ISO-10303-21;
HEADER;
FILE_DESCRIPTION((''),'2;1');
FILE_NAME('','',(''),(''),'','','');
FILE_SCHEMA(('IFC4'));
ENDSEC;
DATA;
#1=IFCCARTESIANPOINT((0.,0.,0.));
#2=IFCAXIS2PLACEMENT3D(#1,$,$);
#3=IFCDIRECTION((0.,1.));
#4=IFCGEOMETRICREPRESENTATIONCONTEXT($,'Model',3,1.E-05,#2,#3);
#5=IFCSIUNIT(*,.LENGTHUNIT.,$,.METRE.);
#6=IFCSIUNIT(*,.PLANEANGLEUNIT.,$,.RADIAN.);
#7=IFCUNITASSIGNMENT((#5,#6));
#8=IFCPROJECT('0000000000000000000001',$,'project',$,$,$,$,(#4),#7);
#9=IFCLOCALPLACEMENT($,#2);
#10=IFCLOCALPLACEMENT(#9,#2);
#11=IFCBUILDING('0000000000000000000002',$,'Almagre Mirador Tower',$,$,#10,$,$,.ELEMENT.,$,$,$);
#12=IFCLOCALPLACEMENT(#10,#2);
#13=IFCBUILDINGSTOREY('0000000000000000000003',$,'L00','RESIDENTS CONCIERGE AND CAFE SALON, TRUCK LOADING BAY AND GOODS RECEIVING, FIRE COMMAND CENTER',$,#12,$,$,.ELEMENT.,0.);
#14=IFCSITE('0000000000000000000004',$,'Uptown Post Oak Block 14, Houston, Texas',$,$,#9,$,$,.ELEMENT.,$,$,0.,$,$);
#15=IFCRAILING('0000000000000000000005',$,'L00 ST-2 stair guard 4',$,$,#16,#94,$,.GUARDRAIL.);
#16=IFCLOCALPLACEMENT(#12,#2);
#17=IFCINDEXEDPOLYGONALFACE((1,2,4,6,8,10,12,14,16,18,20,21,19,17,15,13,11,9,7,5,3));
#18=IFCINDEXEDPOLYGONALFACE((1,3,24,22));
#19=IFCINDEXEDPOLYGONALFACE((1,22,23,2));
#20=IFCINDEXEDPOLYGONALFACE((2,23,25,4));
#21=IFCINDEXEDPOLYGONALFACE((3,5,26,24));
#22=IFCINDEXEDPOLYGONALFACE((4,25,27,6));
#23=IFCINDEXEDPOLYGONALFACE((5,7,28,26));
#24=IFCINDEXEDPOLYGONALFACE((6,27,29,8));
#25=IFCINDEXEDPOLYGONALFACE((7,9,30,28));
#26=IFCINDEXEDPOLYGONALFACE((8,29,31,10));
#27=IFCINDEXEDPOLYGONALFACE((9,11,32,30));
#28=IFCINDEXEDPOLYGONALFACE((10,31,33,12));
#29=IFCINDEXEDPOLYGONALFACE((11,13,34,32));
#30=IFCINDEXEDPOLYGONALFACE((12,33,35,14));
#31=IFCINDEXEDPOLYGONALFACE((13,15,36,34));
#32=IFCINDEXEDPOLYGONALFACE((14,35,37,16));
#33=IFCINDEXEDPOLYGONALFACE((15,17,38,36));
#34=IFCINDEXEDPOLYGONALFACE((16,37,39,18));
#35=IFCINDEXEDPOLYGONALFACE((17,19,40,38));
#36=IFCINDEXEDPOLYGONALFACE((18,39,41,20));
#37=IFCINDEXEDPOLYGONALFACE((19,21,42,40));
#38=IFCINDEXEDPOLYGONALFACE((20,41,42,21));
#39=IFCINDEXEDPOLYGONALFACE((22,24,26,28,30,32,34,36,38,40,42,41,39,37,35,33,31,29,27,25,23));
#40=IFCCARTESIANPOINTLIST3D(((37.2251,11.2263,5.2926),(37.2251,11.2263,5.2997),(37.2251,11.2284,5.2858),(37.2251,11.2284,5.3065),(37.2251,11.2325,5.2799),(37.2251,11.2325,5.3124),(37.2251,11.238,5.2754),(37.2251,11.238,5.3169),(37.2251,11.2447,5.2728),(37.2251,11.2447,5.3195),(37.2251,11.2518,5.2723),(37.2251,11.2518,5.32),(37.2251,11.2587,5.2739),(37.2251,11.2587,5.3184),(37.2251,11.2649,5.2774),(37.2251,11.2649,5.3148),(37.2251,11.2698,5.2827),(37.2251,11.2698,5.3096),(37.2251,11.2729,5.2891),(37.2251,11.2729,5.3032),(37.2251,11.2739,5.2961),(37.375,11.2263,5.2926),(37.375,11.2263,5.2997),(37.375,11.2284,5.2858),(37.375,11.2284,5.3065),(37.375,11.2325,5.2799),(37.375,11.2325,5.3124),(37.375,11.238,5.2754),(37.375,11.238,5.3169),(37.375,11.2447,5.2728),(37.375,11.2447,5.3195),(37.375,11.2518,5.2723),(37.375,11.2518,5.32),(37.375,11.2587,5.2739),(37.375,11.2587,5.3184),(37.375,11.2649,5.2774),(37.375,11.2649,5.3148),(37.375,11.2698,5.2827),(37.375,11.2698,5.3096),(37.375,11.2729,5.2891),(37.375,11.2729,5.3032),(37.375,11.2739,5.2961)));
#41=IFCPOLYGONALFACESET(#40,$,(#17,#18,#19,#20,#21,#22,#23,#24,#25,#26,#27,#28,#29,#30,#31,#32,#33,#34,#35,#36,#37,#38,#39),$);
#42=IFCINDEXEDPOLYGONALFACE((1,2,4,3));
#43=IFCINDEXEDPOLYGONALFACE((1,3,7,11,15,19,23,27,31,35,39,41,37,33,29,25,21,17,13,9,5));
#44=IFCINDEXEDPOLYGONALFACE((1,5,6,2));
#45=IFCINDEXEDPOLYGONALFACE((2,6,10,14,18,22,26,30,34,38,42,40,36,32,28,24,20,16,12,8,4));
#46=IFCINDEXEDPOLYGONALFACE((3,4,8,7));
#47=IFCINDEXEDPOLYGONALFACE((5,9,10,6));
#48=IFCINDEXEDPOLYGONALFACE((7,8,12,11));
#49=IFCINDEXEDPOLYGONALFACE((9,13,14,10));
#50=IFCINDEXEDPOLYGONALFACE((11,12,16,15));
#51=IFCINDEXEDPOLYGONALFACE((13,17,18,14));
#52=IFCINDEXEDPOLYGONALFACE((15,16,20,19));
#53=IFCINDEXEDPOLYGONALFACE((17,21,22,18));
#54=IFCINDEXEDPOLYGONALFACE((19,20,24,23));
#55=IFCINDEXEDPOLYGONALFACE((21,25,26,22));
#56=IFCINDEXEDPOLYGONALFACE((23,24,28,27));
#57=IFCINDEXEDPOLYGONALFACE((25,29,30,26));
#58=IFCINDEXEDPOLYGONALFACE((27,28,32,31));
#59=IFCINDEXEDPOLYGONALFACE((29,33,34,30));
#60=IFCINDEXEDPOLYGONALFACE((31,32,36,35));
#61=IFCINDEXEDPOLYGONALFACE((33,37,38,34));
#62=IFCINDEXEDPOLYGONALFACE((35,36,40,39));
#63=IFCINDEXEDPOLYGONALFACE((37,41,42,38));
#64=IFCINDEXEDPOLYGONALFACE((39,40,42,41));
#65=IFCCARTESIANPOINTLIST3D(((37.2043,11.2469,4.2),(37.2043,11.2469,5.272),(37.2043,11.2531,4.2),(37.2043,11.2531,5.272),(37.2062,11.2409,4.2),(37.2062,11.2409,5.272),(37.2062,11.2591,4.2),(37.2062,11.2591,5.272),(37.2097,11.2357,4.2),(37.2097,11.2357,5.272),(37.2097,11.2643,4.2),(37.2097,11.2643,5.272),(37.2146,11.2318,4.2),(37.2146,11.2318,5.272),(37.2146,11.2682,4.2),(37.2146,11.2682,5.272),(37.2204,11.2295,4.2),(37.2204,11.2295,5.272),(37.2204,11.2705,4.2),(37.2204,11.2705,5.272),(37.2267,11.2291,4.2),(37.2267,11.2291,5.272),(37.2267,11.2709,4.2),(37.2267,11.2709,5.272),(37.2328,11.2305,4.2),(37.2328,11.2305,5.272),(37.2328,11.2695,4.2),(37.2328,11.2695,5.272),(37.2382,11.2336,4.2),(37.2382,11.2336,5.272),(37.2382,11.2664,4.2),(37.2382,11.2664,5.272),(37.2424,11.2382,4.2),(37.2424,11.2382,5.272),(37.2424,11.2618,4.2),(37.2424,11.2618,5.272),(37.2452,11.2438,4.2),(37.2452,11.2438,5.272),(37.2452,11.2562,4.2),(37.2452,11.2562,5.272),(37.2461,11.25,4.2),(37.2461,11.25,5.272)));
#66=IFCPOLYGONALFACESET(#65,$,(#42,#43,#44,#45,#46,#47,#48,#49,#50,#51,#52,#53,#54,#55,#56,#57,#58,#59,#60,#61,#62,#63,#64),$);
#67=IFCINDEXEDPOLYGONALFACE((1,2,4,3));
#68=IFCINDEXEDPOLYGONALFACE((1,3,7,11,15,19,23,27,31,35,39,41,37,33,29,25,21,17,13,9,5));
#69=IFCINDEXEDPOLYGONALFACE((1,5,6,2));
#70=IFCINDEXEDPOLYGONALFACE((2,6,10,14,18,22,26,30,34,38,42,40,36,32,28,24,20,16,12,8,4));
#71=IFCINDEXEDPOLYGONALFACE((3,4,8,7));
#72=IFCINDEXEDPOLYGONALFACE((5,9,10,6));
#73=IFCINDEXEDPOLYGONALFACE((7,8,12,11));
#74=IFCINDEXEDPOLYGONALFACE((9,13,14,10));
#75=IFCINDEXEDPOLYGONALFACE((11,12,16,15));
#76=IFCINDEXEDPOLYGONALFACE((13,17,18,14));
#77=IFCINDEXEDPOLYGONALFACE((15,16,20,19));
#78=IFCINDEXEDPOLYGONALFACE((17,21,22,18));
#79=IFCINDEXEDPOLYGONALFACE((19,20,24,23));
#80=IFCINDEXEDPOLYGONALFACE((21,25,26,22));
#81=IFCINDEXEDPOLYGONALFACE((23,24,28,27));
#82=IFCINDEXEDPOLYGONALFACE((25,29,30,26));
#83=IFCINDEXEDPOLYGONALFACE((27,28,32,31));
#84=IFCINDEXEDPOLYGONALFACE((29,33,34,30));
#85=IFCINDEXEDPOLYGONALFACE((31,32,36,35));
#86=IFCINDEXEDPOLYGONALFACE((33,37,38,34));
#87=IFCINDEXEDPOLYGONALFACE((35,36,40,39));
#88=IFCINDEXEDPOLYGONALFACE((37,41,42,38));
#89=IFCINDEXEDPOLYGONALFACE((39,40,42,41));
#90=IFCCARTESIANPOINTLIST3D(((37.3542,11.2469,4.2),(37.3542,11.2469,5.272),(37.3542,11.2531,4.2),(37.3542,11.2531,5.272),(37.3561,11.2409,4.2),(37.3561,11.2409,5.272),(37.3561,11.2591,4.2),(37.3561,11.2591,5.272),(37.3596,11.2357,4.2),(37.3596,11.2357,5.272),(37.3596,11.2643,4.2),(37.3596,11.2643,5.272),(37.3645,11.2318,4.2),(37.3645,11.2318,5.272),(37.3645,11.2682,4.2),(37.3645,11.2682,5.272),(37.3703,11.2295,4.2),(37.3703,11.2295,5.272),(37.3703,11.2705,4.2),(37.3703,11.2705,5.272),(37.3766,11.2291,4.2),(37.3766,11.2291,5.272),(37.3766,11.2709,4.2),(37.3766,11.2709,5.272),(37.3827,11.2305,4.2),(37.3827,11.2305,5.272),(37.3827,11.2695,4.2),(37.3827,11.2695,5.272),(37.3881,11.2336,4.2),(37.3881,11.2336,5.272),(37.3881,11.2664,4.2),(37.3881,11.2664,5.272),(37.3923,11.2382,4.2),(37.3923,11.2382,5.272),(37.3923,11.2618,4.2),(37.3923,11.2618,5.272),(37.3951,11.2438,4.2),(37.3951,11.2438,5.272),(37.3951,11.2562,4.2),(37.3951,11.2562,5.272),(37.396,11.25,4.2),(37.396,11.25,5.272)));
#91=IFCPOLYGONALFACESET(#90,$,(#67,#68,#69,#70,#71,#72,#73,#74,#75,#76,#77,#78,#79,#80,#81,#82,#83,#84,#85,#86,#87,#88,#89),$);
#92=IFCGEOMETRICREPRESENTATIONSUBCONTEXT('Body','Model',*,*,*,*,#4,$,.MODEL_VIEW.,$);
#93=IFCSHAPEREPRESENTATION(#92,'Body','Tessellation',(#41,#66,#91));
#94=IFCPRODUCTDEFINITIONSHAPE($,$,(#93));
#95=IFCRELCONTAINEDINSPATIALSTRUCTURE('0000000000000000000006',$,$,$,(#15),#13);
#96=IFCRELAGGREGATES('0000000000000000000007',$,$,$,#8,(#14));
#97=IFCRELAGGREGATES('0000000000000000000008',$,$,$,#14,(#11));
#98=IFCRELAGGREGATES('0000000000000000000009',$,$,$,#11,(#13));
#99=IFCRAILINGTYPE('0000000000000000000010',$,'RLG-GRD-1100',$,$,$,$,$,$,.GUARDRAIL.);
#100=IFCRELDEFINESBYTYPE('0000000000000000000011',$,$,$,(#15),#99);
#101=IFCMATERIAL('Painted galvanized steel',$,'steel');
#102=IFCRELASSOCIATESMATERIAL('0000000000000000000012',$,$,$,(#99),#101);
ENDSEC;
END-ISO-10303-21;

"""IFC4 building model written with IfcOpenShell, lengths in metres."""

from ifc_helpers import new_model, si_unit, direction, frame, origin, origin_2d, place, context, subcontext, project, spatial, circle, extrude, material, type_object, element, save


model = new_model("IFC4")

# Units and contexts
model_context = context("Model", 3, precision=1e-05, world=origin(), true_north=direction((0.0, 1.0)))
body_context = subcontext(model_context, "Body", "Model", "MODEL_VIEW")
ifc_project = project(units=[si_unit("LENGTHUNIT", "METRE"), si_unit("PLANEANGLEUNIT", "RADIAN")], contexts=[model_context])

# Site, building, storey
site_placement = place(None, origin())
site = spatial("IfcSite", under=ifc_project, at=site_placement, Name="Uptown Post Oak Block 14, Houston, Texas", CompositionType="ELEMENT", RefElevation=0.0)
building_placement = place(site_placement, origin())
building = spatial("IfcBuilding", under=site, at=building_placement, Name="Almagre Mirador Tower", CompositionType="ELEMENT")
storey_placement = place(building_placement, origin())
storey = spatial("IfcBuildingStorey", under=building, at=storey_placement, Name="L00", Description="RESIDENTS CONCIERGE AND CAFE SALON, TRUCK LOADING BAY AND GOODS RECEIVING, FIRE COMMAND CENTER", CompositionType="ELEMENT", Elevation=0.0)

# Railing
ifc_material_1 = material(Name="Painted galvanized steel", Category="steel")
railing_type_1 = type_object("IfcRailingType", Name="RLG-GRD-1100", PredefinedType="GUARDRAIL", material=ifc_material_1)
railing_1_placement = place(storey_placement, frame((37.2251, 11.25, 4.2)))
element("IfcRailing", 1, at=railing_1_placement, inside=storey, type_object=railing_type_1, Name="L00 ST-2 stair guard 4", PredefinedType="GUARDRAIL", context=body_context, shape_type="SweptSolid", body=[
    extrude(circle(Radius=0.0239, at=origin_2d()), frame((0.0, 0.0, 1.0962), z_axis=(1.0, 0.0, 0.0), x_axis=(0.0, 1.0, 0.0)), (0.0, 0.0, 1.0), 0.1499),
    extrude(circle(Radius=0.021, at=origin_2d()), origin(), (0.0, 0.0, 1.0), 1.072),
    extrude(circle(Radius=0.021, at=origin_2d()), frame((0.1499, 0.0, 0.0)), (0.0, 0.0, 1.0), 1.072),
])

save(model, "model.ifc")
